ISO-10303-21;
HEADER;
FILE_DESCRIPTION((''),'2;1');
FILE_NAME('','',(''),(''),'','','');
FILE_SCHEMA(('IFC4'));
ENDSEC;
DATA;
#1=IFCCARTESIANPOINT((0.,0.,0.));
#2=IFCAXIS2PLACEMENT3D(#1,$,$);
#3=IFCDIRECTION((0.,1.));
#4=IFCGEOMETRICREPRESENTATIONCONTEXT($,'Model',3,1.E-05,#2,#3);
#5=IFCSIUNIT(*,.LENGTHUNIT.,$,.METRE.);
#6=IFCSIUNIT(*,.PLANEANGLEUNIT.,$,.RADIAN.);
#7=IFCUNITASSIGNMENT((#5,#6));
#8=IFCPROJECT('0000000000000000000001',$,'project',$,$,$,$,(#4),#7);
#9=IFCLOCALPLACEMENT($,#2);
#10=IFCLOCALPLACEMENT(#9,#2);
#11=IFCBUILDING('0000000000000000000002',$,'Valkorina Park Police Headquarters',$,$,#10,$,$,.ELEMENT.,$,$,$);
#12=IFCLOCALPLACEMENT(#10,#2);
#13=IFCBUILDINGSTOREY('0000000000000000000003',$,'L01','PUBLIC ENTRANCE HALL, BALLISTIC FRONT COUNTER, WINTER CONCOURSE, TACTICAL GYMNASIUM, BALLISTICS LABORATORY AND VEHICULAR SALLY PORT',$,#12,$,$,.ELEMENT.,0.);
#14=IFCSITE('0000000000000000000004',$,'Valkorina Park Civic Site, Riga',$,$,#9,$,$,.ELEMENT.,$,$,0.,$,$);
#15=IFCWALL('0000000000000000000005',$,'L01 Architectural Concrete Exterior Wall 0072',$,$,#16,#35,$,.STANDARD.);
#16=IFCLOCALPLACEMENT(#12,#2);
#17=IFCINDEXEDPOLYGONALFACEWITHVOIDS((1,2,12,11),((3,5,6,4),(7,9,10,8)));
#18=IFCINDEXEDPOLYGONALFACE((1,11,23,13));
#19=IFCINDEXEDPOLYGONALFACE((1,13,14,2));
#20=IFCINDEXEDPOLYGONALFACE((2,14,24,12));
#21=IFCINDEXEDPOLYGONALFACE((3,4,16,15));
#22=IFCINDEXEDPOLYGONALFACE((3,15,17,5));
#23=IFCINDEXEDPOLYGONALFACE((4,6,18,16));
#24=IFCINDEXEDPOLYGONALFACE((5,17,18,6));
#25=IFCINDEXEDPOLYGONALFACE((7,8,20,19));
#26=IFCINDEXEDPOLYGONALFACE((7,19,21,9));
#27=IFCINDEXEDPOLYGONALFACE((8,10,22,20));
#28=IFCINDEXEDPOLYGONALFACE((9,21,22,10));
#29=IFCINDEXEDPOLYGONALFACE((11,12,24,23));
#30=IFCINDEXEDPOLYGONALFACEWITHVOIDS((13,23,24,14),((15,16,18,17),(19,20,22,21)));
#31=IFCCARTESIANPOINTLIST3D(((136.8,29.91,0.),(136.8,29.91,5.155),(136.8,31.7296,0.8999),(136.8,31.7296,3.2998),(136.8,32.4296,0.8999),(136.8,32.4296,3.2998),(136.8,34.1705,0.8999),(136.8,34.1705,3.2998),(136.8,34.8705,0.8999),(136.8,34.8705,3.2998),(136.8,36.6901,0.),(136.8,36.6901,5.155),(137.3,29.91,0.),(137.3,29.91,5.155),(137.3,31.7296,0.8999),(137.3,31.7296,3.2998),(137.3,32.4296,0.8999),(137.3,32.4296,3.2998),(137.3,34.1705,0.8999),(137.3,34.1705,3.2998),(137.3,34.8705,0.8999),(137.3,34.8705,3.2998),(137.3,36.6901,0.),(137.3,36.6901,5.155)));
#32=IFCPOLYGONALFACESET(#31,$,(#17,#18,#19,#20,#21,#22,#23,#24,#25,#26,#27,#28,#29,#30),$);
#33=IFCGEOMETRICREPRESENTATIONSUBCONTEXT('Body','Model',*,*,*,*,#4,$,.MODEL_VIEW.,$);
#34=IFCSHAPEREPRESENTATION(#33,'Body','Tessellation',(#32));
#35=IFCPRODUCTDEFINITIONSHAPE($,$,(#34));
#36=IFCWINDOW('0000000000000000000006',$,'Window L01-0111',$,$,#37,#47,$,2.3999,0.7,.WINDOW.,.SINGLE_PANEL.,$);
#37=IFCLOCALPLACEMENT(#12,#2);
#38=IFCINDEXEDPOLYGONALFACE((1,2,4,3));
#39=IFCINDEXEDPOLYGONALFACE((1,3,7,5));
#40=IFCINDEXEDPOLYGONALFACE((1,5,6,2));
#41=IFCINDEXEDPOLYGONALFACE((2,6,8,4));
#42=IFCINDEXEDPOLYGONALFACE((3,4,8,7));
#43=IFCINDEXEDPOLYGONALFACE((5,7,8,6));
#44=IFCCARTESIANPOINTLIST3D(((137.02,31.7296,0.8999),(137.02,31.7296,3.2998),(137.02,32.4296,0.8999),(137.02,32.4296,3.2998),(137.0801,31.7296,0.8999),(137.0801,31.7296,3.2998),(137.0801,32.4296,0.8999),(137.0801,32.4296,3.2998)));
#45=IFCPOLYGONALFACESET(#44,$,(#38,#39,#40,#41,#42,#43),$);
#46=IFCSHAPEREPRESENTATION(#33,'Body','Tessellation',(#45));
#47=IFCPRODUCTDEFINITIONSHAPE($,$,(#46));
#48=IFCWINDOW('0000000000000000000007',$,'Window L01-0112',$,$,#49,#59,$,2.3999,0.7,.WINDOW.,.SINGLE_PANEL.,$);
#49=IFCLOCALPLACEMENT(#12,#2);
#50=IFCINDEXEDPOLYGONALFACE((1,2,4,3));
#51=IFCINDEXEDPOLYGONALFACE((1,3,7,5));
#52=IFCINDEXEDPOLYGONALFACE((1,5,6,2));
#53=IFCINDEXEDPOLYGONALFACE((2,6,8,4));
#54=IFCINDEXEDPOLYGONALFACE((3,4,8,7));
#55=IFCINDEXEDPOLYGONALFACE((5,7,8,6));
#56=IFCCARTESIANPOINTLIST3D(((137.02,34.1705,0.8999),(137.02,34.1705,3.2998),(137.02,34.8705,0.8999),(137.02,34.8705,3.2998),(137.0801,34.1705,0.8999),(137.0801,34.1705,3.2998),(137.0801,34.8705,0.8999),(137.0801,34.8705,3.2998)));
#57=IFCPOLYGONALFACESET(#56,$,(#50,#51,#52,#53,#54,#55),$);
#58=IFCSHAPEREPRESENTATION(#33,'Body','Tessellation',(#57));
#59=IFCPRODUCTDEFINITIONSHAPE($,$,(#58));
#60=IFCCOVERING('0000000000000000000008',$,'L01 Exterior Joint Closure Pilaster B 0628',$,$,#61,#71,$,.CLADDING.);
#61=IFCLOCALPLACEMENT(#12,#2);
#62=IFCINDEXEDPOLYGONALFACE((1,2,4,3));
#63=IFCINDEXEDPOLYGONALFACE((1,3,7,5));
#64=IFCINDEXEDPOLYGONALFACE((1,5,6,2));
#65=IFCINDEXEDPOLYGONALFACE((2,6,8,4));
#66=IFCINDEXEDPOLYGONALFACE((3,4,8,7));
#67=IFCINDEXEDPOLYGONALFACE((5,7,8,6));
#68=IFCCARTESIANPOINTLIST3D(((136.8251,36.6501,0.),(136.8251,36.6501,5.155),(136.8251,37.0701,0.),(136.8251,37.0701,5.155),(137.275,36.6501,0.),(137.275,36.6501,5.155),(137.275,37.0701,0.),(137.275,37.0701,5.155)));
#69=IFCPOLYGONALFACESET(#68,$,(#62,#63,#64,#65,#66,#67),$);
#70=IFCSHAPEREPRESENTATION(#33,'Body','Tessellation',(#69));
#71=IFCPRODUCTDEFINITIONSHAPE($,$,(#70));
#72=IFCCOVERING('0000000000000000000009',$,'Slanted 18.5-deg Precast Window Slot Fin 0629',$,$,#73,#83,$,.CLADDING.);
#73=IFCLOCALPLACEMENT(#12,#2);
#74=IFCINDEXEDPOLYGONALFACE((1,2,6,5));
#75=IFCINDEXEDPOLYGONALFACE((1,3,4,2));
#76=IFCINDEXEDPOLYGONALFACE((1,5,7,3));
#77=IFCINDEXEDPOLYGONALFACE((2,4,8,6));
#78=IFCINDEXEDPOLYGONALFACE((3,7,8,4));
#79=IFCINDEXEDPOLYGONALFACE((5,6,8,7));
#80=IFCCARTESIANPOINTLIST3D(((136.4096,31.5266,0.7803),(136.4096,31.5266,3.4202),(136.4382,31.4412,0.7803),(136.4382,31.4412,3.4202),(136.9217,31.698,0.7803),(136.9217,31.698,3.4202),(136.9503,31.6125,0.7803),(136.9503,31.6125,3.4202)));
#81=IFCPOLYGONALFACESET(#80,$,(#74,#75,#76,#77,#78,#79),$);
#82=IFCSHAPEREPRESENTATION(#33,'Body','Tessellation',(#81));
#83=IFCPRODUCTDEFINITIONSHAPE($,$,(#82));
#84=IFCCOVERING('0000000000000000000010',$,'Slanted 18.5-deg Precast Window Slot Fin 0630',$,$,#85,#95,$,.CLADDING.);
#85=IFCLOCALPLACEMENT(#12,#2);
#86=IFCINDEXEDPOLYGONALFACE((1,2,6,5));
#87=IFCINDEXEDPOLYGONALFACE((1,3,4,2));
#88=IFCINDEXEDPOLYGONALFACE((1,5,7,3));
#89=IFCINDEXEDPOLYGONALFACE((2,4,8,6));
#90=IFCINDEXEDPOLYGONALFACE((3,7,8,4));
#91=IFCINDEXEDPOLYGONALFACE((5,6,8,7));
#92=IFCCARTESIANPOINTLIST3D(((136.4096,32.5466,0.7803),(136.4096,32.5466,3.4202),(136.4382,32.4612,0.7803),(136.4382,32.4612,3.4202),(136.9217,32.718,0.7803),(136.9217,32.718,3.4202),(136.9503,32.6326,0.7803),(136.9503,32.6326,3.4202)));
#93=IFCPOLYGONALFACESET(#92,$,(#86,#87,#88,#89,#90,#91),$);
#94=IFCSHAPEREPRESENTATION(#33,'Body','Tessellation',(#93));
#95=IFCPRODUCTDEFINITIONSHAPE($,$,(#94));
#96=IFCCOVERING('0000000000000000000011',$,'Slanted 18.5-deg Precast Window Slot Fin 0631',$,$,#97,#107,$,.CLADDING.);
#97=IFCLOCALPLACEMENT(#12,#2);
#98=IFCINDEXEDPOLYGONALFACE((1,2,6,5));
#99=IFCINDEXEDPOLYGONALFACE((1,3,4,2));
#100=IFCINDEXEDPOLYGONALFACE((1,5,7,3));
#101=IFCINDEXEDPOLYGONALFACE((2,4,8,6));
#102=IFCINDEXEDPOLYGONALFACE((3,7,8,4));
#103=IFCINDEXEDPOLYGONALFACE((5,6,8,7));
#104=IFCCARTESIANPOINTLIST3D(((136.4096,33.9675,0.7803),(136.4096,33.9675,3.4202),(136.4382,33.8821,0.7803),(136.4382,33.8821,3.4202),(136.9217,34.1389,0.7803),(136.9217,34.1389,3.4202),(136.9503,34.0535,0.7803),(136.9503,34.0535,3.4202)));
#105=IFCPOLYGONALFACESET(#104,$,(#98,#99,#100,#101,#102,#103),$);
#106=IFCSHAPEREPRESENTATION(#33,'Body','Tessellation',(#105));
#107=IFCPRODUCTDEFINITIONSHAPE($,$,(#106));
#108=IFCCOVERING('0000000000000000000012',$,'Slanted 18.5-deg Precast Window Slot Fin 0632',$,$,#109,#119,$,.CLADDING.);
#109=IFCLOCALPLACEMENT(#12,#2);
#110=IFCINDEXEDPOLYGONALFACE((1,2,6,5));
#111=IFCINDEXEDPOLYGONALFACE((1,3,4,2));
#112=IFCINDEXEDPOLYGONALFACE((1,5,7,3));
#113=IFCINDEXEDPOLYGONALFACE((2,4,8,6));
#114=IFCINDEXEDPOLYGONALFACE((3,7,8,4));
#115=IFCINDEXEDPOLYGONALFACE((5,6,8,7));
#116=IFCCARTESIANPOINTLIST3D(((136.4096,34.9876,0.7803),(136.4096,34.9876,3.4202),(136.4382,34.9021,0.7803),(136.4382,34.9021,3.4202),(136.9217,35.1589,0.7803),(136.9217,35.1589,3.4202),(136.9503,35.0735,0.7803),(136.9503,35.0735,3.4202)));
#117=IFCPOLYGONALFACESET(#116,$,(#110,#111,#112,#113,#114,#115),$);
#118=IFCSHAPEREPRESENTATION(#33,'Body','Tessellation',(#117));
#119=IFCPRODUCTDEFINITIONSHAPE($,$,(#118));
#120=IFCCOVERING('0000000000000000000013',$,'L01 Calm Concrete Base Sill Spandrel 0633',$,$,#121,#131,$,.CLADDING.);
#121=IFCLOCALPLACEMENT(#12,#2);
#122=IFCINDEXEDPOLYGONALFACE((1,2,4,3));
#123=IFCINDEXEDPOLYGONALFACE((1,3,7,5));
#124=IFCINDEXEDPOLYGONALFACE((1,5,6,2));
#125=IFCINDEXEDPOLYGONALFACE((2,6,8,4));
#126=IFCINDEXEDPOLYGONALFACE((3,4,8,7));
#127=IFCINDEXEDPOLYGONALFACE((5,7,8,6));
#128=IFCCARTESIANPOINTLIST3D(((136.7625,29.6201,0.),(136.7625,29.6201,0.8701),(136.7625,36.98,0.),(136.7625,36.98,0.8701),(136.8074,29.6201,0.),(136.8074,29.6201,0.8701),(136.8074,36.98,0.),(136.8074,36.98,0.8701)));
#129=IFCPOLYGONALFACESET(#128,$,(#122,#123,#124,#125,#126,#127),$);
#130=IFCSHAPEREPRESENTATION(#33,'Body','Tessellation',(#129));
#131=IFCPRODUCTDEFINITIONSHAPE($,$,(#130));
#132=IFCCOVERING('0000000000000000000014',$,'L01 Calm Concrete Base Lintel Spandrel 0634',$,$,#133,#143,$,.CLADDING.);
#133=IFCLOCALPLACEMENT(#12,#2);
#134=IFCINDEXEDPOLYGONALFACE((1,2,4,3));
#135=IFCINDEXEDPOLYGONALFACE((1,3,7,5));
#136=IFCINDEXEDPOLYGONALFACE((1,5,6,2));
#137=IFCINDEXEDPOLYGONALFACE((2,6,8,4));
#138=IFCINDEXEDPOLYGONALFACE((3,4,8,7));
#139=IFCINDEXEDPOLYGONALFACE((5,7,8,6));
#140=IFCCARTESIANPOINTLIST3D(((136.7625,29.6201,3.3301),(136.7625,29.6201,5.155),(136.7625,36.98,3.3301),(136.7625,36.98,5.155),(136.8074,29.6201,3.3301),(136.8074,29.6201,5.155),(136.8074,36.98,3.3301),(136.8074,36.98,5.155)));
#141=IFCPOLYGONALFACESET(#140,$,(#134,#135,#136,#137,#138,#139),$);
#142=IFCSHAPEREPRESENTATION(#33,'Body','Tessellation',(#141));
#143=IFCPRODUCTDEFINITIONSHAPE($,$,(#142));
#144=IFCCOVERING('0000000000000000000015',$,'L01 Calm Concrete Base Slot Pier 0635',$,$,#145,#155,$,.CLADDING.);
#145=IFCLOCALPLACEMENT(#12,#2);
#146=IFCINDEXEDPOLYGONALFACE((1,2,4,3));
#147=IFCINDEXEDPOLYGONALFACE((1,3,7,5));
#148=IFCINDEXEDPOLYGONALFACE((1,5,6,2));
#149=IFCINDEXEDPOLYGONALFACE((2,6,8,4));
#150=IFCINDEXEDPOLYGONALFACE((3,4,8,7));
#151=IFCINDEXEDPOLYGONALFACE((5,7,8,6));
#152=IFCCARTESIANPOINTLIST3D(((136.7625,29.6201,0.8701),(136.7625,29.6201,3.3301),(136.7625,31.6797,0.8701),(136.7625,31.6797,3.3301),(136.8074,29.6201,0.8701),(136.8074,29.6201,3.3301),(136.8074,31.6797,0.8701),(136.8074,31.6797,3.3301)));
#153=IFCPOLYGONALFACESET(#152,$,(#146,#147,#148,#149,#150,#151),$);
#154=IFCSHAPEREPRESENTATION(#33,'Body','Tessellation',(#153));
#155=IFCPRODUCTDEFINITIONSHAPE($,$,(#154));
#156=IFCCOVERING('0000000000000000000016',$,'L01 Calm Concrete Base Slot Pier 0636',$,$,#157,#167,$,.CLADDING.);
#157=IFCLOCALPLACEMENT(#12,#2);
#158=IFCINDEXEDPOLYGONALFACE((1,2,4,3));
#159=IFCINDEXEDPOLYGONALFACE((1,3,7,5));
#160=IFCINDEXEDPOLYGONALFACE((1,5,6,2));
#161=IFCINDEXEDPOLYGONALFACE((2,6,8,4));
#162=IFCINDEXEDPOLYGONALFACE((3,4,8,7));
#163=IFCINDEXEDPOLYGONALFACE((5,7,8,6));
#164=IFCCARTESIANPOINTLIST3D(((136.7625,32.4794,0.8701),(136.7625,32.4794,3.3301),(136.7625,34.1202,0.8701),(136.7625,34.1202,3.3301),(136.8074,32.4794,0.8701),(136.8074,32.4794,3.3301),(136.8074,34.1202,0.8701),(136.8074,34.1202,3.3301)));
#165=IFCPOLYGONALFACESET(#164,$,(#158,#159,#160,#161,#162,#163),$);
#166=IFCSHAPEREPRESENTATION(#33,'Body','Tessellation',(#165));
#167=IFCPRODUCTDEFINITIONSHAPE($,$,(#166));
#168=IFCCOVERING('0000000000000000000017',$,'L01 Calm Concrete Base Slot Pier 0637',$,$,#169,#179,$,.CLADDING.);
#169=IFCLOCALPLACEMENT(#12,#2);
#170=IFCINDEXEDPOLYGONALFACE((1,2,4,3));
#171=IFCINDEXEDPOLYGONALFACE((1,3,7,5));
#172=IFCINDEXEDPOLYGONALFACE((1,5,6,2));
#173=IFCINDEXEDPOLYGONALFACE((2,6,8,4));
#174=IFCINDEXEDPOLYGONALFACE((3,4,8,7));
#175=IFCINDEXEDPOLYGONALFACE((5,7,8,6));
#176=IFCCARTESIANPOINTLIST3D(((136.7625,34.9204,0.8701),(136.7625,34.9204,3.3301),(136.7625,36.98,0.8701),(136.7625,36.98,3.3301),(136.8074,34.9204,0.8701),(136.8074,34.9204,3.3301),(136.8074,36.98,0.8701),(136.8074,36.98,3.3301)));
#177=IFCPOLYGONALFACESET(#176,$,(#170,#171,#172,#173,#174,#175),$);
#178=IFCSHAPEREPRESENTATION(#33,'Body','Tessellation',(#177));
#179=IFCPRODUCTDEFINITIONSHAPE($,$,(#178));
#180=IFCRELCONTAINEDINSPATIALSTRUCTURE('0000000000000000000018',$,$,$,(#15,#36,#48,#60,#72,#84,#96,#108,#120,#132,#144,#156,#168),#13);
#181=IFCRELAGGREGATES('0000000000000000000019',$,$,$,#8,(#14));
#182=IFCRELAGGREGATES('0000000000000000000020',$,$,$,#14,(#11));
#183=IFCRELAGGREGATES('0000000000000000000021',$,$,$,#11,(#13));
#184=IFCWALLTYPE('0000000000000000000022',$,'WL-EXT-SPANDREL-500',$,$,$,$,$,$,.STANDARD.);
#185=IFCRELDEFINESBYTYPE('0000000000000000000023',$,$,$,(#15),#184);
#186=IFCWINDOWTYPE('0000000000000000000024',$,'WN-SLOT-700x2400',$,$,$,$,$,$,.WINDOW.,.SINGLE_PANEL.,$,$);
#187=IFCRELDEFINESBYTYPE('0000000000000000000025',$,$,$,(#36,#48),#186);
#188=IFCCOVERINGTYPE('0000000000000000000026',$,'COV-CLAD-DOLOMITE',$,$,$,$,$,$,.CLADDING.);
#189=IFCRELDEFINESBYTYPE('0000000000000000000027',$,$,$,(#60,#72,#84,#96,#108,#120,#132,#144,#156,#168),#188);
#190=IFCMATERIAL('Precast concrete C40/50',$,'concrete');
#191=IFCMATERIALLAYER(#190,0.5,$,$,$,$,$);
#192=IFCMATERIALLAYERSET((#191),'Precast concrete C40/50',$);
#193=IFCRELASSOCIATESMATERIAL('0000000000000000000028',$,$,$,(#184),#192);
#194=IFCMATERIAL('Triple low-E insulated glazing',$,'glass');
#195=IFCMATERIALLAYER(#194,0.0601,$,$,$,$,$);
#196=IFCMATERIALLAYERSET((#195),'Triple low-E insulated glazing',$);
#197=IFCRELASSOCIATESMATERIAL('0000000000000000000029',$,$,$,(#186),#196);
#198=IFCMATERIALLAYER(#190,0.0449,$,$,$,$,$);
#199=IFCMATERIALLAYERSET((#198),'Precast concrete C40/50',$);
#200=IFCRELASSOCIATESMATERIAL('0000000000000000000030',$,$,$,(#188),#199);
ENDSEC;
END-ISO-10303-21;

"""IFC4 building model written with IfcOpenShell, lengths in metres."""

from ifc_helpers import new_model, si_unit, direction, frame, frame_2d, origin, origin_2d, place, context, subcontext, project, spatial, rectangle, extrude, material, layer, layer_set, type_object, element, fill, save


model = new_model("IFC4")

# Units and contexts
model_context = context("Model", 3, precision=1e-05, world=origin(), true_north=direction((0.0, 1.0)))
body_context = subcontext(model_context, "Body", "Model", "MODEL_VIEW")
ifc_project = project(units=[si_unit("LENGTHUNIT", "METRE"), si_unit("PLANEANGLEUNIT", "RADIAN")], contexts=[model_context])

# Site, building, storey
site_placement = place(None, origin())
site = spatial("IfcSite", under=ifc_project, at=site_placement, Name="Valkorina Park Civic Site, Riga", CompositionType="ELEMENT", RefElevation=0.0)
building_placement = place(site_placement, origin())
building = spatial("IfcBuilding", under=site, at=building_placement, Name="Valkorina Park Police Headquarters", CompositionType="ELEMENT")
storey_placement = place(building_placement, origin())
storey = spatial("IfcBuildingStorey", under=building, at=storey_placement, Name="L01", Description="PUBLIC ENTRANCE HALL, BALLISTIC FRONT COUNTER, WINTER CONCOURSE, TACTICAL GYMNASIUM, BALLISTICS LABORATORY AND VEHICULAR SALLY PORT", CompositionType="ELEMENT", Elevation=0.0)

# Wall, openings, windows
ifc_material_1 = material(Name="Precast concrete C40/50", Category="concrete")
ifc_layer_1 = layer(ifc_material_1, 0.5)
ifc_layer_set_1 = layer_set([ifc_layer_1], Name="Precast concrete C40/50")
wall_type = type_object("IfcWallType", Name="WL-EXT-SPANDREL-500", PredefinedType="STANDARD", material=ifc_layer_set_1)
wall_placement = place(storey_placement, frame((137.05, 29.9099, 0.0), z_axis=(0.0, 0.0, 1.0), x_axis=(0.0, 1.0, 0.0)))
wall = element("IfcWall", 1, at=wall_placement, inside=storey, type_object=wall_type, Name="L01 Architectural Concrete Exterior Wall 0072", PredefinedType="STANDARD", context=body_context, shape_type="SweptSolid", body=[
    extrude(rectangle(XDim=6.78, YDim=0.5, at=frame_2d((3.3901, 0.0))), origin(), (0.0, 0.0, 1.0), 5.155),
])
opening_1_placement = place(wall_placement, frame((1.8196, 0.0, 0.8999)))
opening_1 = element("IfcOpeningElement", 2, at=opening_1_placement, cuts=wall, PredefinedType="OPENING", context=body_context, shape_type="SweptSolid", body=[
    extrude(rectangle(XDim=0.7, YDim=2.3999, at=frame_2d((0.3501, 1.2))), frame((0.0, 0.26, 0.0), z_axis=(0.0, -1.0, 0.0), x_axis=(1.0, 0.0, 0.0)), (0.0, 0.0, 1.0), 0.52),
])
opening_2_placement = place(wall_placement, frame((4.2605, 0.0, 0.8999)))
opening_2 = element("IfcOpeningElement", 3, at=opening_2_placement, cuts=wall, PredefinedType="OPENING", context=body_context, shape_type="SweptSolid", body=[
    extrude(rectangle(XDim=0.7, YDim=2.3999, at=frame_2d((0.3501, 1.2))), frame((0.0, 0.26, 0.0), z_axis=(0.0, -1.0, 0.0), x_axis=(1.0, 0.0, 0.0)), (0.0, 0.0, 1.0), 0.52),
])
ifc_material_2 = material(Name="Triple low-E insulated glazing", Category="glass")
ifc_layer_2 = layer(ifc_material_2, 0.0601)
ifc_layer_set_2 = layer_set([ifc_layer_2], Name="Triple low-E insulated glazing")
window_type = type_object("IfcWindowType", Name="WN-SLOT-700x2400", PartitioningType="SINGLE_PANEL", PredefinedType="WINDOW", material=ifc_layer_set_2)
window_1_placement = place(opening_1_placement, origin())
window_1 = element("IfcWindow", 4, at=window_1_placement, inside=storey, type_object=window_type, Name="Window L01-0111", OverallHeight=2.3999, OverallWidth=0.7, PartitioningType="SINGLE_PANEL", PredefinedType="WINDOW", context=body_context, shape_type="SweptSolid", body=[
    extrude(rectangle(XDim=0.7, YDim=2.3999, at=frame_2d((0.3501, 1.2))), frame((0.0, 0.03, 0.0), z_axis=(0.0, -1.0, 0.0), x_axis=(1.0, 0.0, 0.0)), (0.0, 0.0, 1.0), 0.0601),
])
fill(opening_1, window_1)
window_2_placement = place(opening_2_placement, origin())
window_2 = element("IfcWindow", 5, at=window_2_placement, inside=storey, type_object=window_type, Name="Window L01-0112", OverallHeight=2.3999, OverallWidth=0.7, PartitioningType="SINGLE_PANEL", PredefinedType="WINDOW", context=body_context, shape_type="SweptSolid", body=[
    extrude(rectangle(XDim=0.7, YDim=2.3999, at=frame_2d((0.3501, 1.2))), frame((0.0, 0.03, 0.0), z_axis=(0.0, -1.0, 0.0), x_axis=(1.0, 0.0, 0.0)), (0.0, 0.0, 1.0), 0.0601),
])
fill(opening_2, window_2)

# Coverings
ifc_layer_3 = layer(ifc_material_1, 0.0449)
ifc_layer_set_3 = layer_set([ifc_layer_3], Name="Precast concrete C40/50")
covering_type = type_object("IfcCoveringType", Name="COV-CLAD-DOLOMITE", PredefinedType="CLADDING", material=ifc_layer_set_3)
covering_1_placement = place(storey_placement, frame((137.05, 36.8601, 0.0), z_axis=(0.0, 0.0, 1.0), x_axis=(0.0, 1.0, 0.0)))
element("IfcCovering", 6, at=covering_1_placement, inside=storey, type_object=covering_type, Name="L01 Exterior Joint Closure Pilaster B 0628", PredefinedType="CLADDING", context=body_context, shape_type="SweptSolid", body=[
    extrude(rectangle(XDim=0.4199, YDim=0.45, at=origin_2d()), origin(), (0.0, 0.0, 1.0), 5.155),
])
for number, where, z_axis, x_axis, name in (
    (7, (136.6799, 31.5696, 0.7803), (0.0, 0.0, 1.0), (-0.948324, -0.317305, 0.0), "Slanted 18.5-deg Precast Window Slot Fin 0629"),
    (8, (136.6799, 32.5896, 0.7803), (0.0, 0.0, 1.0), (-0.948324, -0.317305, 0.0), "Slanted 18.5-deg Precast Window Slot Fin 0630"),
    (9, (136.6799, 34.0105, 0.7803), (0.0, 0.0, 1.0), (-0.948324, -0.317305, 0.0), "Slanted 18.5-deg Precast Window Slot Fin 0631"),
    (10, (136.6799, 35.0305, 0.7803), (0.0, 0.0, 1.0), (-0.948324, -0.317305, 0.0), "Slanted 18.5-deg Precast Window Slot Fin 0632"),
):
    element("IfcCovering", number, at=place(storey_placement, frame(where, z_axis=z_axis, x_axis=x_axis)), inside=storey, type_object=covering_type, Name=name, PredefinedType="CLADDING", context=body_context, shape_type="SweptSolid", body=[
        extrude(rectangle(XDim=0.54, YDim=0.0901, at=origin_2d()), origin(), (0.0, 0.0, 1.0), 2.6399),
    ])
covering_2_placement = place(storey_placement, frame((136.7849, 29.6201, 0.0), z_axis=(0.0, 0.0, 1.0), x_axis=(0.0, 1.0, 0.0)))
element("IfcCovering", 11, at=covering_2_placement, inside=storey, type_object=covering_type, Name="L01 Calm Concrete Base Sill Spandrel 0633", PredefinedType="CLADDING", context=body_context, shape_type="SweptSolid", body=[
    extrude(rectangle(XDim=7.3599, YDim=0.0449, at=frame_2d((3.6799, 0.0))), origin(), (0.0, 0.0, 1.0), 0.8701),
])
covering_3_placement = place(storey_placement, frame((136.7849, 29.6201, 3.3301), z_axis=(0.0, 0.0, 1.0), x_axis=(0.0, 1.0, 0.0)))
element("IfcCovering", 12, at=covering_3_placement, inside=storey, type_object=covering_type, Name="L01 Calm Concrete Base Lintel Spandrel 0634", PredefinedType="CLADDING", context=body_context, shape_type="SweptSolid", body=[
    extrude(rectangle(XDim=7.3599, YDim=0.0449, at=frame_2d((3.6799, 0.0))), origin(), (0.0, 0.0, 1.0), 1.825),
])
covering_4_placement = place(storey_placement, frame((136.7849, 29.6201, 0.8701), z_axis=(0.0, 0.0, 1.0), x_axis=(0.0, 1.0, 0.0)))
element("IfcCovering", 13, at=covering_4_placement, inside=storey, type_object=covering_type, Name="L01 Calm Concrete Base Slot Pier 0635", PredefinedType="CLADDING", context=body_context, shape_type="SweptSolid", body=[
    extrude(rectangle(XDim=2.0596, YDim=0.0449, at=frame_2d((1.0298, 0.0))), origin(), (0.0, 0.0, 1.0), 2.46),
])
covering_5_placement = place(storey_placement, frame((136.7849, 32.4795, 0.8701), z_axis=(0.0, 0.0, 1.0), x_axis=(0.0, 1.0, 0.0)))
element("IfcCovering", 14, at=covering_5_placement, inside=storey, type_object=covering_type, Name="L01 Calm Concrete Base Slot Pier 0636", PredefinedType="CLADDING", context=body_context, shape_type="SweptSolid", body=[
    extrude(rectangle(XDim=1.6409, YDim=0.0449, at=frame_2d((0.8203, 0.0))), origin(), (0.0, 0.0, 1.0), 2.46),
])
covering_6_placement = place(storey_placement, frame((136.7849, 34.9204, 0.8701), z_axis=(0.0, 0.0, 1.0), x_axis=(0.0, 1.0, 0.0)))
element("IfcCovering", 15, at=covering_6_placement, inside=storey, type_object=covering_type, Name="L01 Calm Concrete Base Slot Pier 0637", PredefinedType="CLADDING", context=body_context, shape_type="SweptSolid", body=[
    extrude(rectangle(XDim=2.0596, YDim=0.0449, at=frame_2d((1.0298, 0.0))), origin(), (0.0, 0.0, 1.0), 2.46),
])

save(model, "model.ifc")
